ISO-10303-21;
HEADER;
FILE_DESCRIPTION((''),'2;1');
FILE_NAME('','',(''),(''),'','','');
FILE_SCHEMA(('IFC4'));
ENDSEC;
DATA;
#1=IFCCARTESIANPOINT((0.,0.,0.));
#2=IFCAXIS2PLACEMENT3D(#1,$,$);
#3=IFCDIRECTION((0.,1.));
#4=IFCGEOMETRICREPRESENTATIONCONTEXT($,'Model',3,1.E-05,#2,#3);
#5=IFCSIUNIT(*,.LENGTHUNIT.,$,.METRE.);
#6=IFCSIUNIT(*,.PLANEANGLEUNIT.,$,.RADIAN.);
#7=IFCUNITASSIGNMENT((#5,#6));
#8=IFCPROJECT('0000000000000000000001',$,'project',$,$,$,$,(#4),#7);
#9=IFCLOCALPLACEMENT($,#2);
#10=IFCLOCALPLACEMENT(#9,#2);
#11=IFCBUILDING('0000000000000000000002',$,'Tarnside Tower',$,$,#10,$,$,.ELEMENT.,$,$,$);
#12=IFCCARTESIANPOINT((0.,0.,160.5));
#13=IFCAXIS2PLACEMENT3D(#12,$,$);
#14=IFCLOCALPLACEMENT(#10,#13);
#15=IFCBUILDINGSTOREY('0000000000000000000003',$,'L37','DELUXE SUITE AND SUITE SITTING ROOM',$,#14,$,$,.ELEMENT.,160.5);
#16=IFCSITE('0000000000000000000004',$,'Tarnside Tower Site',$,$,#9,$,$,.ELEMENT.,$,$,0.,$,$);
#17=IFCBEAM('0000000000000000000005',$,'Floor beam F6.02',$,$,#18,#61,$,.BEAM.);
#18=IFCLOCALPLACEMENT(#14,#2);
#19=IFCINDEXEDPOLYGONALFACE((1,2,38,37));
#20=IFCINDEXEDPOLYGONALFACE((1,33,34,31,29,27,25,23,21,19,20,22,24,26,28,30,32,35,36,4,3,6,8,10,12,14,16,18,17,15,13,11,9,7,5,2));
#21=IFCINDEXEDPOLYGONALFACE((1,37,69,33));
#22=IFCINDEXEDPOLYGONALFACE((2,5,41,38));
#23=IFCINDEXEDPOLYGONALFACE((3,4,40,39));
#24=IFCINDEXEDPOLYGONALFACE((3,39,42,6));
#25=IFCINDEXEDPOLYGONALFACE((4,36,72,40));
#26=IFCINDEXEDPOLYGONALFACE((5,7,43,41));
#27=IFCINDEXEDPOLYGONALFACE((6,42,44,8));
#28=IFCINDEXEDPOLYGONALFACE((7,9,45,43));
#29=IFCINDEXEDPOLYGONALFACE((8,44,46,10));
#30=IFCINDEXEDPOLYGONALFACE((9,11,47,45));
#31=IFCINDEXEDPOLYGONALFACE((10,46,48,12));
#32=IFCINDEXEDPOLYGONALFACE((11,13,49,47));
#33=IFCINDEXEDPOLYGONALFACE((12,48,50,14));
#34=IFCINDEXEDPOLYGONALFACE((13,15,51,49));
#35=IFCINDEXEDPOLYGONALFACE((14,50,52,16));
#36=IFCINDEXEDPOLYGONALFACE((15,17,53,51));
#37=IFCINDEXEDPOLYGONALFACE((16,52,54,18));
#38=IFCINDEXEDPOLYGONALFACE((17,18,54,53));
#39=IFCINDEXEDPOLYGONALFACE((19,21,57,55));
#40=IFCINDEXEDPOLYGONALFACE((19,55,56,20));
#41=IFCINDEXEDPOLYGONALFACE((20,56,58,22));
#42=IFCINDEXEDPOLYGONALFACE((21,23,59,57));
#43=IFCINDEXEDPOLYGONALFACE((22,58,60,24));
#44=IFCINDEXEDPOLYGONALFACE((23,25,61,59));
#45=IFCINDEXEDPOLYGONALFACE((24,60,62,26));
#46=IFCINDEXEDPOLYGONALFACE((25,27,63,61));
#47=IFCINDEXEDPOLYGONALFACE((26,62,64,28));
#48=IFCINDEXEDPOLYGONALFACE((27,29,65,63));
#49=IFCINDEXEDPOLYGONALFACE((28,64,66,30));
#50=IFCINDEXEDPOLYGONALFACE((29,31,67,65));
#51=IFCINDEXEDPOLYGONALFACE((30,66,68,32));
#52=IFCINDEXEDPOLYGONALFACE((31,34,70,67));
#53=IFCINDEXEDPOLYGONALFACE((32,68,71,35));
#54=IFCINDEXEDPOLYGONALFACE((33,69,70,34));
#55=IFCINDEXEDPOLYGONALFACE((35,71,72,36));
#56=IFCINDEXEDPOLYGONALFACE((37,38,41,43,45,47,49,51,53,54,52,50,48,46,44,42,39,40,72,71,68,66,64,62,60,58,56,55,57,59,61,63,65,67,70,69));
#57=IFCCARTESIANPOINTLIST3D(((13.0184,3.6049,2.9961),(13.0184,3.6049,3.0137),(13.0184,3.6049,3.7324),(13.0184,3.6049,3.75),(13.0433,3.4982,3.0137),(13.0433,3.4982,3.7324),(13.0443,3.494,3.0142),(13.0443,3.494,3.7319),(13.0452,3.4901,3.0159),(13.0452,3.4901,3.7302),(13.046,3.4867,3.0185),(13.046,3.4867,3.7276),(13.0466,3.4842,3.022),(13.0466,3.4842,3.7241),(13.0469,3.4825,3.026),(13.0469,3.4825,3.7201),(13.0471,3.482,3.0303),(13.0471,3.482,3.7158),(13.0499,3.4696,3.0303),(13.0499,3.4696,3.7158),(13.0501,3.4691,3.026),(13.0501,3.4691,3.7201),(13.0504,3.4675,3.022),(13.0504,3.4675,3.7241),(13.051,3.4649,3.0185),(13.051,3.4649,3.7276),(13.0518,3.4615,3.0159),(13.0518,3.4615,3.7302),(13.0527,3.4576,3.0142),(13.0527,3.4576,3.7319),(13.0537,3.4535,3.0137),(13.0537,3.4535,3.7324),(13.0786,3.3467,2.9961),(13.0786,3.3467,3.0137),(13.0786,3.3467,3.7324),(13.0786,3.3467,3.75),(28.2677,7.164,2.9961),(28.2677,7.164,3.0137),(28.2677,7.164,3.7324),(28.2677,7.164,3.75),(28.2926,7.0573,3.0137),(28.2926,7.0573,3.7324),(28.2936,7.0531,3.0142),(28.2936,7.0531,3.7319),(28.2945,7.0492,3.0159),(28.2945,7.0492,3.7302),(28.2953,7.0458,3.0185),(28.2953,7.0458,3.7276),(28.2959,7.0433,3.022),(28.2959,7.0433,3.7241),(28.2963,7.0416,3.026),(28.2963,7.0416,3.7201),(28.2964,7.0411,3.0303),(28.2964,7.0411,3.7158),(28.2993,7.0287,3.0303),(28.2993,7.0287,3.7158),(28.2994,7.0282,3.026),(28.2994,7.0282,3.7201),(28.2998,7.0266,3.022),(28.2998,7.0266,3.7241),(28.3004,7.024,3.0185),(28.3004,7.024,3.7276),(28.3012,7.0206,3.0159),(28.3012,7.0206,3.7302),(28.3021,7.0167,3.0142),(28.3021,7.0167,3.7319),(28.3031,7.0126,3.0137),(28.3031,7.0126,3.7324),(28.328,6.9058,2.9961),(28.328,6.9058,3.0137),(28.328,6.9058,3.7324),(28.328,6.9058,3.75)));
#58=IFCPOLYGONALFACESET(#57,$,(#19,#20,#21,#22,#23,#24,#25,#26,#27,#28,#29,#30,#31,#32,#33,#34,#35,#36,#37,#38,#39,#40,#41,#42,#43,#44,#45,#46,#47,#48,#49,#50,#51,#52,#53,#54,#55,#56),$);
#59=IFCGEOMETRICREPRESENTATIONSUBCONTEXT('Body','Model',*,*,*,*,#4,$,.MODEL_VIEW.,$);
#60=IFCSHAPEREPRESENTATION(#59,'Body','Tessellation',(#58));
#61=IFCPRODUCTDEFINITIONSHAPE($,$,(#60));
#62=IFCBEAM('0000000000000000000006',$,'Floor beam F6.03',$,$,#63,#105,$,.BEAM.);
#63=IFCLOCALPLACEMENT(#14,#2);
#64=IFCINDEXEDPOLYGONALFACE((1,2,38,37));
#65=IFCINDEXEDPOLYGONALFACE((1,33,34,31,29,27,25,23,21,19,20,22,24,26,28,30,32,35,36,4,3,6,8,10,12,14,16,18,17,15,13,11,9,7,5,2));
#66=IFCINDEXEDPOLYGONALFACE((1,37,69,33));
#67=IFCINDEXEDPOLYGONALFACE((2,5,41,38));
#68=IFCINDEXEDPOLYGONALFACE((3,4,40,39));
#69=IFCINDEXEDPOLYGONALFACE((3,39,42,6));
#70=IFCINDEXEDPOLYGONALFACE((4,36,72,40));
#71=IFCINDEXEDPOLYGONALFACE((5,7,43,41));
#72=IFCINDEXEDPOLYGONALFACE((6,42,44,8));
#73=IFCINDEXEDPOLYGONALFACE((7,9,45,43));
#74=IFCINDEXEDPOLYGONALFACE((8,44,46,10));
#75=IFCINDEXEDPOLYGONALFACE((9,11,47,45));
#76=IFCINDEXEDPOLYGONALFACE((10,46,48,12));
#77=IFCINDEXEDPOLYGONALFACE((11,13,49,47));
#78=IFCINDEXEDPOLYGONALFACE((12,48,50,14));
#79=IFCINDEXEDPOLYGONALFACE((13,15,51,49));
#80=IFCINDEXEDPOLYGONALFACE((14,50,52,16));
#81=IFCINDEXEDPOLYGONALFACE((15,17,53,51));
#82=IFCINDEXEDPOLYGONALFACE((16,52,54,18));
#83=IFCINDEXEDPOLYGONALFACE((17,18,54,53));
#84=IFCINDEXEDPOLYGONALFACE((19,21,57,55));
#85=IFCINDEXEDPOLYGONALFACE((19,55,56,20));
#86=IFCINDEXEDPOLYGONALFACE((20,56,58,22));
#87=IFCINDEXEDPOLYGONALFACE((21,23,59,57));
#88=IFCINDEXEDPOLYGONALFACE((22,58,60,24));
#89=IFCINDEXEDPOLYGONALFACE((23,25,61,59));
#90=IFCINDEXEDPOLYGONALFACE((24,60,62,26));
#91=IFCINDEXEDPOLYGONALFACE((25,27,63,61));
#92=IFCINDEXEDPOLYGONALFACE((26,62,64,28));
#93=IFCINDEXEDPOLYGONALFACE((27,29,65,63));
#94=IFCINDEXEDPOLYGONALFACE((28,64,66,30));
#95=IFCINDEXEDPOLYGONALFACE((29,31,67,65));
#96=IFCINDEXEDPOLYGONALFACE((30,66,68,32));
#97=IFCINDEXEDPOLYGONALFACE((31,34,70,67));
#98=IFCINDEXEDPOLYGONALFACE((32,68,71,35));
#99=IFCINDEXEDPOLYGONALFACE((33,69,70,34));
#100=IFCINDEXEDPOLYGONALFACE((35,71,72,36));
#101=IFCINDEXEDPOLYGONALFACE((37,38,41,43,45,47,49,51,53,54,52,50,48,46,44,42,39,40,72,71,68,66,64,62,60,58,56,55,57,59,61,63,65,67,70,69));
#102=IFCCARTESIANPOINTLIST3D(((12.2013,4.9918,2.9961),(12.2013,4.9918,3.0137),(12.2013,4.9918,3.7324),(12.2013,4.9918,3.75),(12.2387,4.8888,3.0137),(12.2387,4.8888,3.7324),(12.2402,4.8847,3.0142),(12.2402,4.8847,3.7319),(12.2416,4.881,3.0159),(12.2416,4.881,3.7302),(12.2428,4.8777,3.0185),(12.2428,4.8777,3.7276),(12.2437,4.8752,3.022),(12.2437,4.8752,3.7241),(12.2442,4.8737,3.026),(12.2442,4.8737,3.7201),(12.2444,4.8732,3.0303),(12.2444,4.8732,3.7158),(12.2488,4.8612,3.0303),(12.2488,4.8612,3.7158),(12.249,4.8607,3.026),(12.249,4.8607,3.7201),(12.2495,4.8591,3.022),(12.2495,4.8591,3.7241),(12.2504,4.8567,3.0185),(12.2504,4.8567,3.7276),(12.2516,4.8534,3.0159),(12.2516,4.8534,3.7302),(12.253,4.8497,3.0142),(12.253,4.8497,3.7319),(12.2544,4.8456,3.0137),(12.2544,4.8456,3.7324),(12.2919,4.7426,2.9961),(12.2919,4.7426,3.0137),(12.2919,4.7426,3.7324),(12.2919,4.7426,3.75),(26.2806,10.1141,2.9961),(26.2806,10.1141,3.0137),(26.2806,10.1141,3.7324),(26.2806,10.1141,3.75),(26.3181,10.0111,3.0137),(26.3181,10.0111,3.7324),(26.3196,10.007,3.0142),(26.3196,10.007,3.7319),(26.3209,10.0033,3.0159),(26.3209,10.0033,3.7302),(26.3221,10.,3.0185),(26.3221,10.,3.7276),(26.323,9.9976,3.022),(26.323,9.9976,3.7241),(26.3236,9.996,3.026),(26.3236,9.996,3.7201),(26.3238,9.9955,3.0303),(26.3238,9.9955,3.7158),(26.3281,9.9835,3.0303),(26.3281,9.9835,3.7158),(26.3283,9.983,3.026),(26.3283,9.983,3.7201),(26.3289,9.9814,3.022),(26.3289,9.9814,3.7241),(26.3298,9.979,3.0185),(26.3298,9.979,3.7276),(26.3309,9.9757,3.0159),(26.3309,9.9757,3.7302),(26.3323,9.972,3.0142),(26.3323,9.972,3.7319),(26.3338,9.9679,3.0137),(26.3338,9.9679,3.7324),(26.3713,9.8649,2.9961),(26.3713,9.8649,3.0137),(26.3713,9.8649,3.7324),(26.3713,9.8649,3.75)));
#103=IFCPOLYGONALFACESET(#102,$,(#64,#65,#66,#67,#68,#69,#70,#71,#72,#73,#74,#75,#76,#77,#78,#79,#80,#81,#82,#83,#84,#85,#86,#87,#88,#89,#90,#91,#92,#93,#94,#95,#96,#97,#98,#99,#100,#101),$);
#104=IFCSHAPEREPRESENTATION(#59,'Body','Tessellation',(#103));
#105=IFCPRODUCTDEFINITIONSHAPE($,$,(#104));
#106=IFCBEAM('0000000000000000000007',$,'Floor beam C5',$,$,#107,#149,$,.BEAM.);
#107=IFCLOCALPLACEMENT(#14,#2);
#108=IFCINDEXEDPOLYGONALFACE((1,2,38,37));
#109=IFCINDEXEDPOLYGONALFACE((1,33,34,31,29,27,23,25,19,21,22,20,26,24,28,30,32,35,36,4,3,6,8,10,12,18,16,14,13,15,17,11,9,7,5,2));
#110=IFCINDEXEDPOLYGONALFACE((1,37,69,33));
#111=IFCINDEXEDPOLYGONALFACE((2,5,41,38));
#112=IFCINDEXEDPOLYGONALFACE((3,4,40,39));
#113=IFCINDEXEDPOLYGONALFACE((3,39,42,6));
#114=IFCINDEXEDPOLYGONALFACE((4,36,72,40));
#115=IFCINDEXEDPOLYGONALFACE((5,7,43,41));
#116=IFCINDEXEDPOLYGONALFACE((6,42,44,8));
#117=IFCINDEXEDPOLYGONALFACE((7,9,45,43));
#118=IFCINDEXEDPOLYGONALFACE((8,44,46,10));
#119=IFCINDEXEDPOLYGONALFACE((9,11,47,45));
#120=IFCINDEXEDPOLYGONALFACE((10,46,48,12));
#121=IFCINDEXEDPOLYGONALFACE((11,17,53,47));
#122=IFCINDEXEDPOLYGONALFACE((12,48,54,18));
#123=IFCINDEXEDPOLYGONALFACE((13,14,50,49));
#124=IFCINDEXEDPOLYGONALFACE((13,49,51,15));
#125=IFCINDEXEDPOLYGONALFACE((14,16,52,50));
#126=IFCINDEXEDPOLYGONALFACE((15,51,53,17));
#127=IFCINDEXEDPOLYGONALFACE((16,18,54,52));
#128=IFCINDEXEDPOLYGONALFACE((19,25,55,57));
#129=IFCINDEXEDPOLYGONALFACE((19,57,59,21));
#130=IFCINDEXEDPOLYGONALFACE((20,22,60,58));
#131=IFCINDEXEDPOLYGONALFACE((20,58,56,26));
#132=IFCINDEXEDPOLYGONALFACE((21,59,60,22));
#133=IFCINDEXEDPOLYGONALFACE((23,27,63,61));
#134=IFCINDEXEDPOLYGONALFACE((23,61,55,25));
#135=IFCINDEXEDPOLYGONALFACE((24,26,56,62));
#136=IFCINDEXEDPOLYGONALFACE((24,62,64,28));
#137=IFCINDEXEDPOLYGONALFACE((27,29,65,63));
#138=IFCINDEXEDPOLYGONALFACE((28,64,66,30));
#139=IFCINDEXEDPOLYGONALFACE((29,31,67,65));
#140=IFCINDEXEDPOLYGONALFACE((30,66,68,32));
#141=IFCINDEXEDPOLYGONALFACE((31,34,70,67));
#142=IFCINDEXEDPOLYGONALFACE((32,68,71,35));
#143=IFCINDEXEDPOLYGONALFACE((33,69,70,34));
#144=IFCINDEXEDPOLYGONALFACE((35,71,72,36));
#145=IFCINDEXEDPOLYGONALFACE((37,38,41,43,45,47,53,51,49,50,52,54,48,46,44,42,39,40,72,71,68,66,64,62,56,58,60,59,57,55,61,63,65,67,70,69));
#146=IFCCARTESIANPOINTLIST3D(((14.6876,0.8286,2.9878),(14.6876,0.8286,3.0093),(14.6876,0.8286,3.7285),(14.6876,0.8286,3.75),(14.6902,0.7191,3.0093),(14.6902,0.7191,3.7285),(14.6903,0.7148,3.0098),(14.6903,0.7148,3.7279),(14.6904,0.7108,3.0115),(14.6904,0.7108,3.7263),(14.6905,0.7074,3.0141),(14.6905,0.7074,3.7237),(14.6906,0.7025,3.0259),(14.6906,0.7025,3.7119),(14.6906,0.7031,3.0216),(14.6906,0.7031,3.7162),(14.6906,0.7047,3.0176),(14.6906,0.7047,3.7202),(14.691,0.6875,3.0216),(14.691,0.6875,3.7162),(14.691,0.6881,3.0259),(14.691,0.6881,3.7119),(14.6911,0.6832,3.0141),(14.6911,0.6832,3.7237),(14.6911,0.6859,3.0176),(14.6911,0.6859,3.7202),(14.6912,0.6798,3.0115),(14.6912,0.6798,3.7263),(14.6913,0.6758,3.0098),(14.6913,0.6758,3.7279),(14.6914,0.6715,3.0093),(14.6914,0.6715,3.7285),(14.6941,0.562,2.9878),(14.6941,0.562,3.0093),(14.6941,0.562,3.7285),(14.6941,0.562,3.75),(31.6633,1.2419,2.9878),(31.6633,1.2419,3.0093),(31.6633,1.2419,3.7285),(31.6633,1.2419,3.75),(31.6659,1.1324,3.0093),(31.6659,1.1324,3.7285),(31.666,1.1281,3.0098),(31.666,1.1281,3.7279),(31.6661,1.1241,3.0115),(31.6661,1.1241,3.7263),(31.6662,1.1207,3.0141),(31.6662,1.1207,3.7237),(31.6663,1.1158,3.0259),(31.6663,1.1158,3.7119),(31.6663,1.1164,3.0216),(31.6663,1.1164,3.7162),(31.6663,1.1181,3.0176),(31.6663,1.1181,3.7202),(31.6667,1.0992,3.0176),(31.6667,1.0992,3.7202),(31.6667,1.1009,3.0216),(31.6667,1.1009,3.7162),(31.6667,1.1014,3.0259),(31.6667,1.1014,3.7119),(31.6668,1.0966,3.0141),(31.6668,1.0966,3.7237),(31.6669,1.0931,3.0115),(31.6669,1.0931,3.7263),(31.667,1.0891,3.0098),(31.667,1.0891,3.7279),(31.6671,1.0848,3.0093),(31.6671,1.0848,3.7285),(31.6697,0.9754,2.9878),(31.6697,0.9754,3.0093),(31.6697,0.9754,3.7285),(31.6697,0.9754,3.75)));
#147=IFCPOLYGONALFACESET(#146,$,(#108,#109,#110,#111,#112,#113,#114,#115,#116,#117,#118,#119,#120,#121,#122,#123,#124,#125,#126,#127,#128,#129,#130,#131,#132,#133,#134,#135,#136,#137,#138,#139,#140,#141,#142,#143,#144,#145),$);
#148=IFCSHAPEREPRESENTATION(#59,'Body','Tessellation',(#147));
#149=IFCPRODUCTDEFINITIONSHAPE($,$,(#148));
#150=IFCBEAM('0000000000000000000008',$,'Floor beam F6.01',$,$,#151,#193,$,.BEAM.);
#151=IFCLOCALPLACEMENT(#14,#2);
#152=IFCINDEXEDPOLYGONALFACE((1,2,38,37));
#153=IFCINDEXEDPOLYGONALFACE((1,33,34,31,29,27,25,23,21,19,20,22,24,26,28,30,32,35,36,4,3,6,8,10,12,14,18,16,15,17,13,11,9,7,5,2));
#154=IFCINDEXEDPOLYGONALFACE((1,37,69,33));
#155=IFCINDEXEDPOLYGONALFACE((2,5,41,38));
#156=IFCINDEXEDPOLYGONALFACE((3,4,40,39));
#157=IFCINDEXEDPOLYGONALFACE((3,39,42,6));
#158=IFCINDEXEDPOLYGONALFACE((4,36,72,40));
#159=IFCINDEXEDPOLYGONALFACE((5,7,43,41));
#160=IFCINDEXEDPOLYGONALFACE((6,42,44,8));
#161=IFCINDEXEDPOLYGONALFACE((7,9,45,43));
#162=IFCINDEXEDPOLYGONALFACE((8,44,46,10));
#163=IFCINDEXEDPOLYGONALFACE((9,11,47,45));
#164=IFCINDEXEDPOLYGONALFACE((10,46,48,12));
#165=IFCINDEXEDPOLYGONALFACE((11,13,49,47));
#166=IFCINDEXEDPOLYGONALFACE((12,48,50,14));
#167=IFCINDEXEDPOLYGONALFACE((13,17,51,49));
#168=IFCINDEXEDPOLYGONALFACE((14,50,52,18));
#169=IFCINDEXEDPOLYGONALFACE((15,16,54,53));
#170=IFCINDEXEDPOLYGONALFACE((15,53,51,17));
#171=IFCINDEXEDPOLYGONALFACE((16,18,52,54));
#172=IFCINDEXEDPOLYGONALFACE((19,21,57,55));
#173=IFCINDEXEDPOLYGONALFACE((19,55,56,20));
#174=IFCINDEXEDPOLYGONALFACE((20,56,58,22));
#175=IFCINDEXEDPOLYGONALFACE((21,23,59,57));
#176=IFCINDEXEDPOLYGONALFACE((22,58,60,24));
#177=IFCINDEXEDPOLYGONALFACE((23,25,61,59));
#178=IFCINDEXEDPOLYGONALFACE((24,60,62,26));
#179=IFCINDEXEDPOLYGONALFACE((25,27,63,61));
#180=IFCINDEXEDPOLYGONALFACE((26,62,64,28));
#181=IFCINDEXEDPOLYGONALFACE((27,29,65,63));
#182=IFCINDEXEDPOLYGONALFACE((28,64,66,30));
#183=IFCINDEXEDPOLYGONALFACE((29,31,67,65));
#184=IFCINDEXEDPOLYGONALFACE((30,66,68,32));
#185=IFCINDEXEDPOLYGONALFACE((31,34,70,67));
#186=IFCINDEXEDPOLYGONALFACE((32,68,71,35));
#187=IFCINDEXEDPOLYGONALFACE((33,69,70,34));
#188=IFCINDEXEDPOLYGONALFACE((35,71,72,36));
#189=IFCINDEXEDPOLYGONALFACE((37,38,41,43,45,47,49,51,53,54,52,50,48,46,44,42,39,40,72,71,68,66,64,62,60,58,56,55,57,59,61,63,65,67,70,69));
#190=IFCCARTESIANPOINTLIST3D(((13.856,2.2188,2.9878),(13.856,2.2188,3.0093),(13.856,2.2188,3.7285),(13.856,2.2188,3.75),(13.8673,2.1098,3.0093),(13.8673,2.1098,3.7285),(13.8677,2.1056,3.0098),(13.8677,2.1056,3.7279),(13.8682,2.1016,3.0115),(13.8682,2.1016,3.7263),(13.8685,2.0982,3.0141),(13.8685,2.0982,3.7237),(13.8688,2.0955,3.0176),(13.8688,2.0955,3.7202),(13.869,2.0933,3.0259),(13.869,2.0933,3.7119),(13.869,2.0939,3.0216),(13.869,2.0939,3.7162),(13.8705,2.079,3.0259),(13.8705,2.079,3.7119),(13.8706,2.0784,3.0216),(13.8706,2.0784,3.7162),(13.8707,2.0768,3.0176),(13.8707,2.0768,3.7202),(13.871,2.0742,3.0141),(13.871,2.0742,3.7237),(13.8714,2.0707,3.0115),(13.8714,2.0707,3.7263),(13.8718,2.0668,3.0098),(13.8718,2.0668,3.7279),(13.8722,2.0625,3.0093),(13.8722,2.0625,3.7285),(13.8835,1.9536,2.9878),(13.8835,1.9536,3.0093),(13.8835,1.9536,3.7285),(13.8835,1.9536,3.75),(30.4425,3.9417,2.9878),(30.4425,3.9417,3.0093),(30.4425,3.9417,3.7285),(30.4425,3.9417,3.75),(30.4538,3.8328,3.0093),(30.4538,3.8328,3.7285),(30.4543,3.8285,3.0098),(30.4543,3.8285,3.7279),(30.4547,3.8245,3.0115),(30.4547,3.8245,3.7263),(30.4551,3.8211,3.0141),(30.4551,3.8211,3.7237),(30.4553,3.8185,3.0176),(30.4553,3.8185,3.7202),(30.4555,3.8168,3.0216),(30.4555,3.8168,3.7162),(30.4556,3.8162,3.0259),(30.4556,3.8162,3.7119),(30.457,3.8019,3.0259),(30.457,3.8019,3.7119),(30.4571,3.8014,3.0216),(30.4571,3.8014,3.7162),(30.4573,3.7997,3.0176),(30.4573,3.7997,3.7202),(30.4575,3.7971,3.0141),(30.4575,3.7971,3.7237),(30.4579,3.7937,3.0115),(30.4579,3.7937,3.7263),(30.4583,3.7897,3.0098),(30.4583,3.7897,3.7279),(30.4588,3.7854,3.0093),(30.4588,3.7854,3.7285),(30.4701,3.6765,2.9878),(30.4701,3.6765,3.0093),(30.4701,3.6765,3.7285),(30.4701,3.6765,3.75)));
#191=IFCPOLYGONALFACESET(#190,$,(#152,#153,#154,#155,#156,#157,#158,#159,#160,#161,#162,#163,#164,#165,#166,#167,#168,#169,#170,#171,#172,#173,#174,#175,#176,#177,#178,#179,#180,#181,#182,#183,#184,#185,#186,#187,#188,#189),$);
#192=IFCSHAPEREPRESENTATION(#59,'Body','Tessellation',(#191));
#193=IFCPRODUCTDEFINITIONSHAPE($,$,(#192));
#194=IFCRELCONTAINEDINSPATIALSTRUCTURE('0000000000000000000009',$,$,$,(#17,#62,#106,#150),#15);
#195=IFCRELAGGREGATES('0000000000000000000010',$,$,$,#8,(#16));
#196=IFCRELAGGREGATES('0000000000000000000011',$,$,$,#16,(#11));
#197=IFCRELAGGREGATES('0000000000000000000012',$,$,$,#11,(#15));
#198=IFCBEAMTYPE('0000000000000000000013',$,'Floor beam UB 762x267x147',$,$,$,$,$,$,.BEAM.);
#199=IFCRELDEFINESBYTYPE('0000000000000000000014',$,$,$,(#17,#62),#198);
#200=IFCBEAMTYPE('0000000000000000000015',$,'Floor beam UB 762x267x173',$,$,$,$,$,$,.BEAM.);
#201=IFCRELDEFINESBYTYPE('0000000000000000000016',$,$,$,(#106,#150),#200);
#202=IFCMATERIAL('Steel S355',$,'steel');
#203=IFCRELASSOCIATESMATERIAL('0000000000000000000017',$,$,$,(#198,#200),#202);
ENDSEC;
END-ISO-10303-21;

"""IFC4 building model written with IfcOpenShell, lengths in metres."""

from ifc_helpers import new_model, si_unit, direction, frame, origin, origin_2d, place, context, subcontext, project, spatial, i_section, extrude, material, material_profile, profile_set, type_object, element, save


model = new_model("IFC4")

# Units and contexts
model_context = context("Model", 3, precision=1e-05, world=origin(), true_north=direction((0.0, 1.0)))
body_context = subcontext(model_context, "Body", "Model", "MODEL_VIEW")
ifc_project = project(units=[si_unit("LENGTHUNIT", "METRE"), si_unit("PLANEANGLEUNIT", "RADIAN")], contexts=[model_context])

# Site, building, storey
site_placement = place(None, origin())
site = spatial("IfcSite", under=ifc_project, at=site_placement, Name="Tarnside Tower Site", CompositionType="ELEMENT", RefElevation=0.0)
building_placement = place(site_placement, origin())
building = spatial("IfcBuilding", under=site, at=building_placement, Name="Tarnside Tower", CompositionType="ELEMENT")
storey_placement = place(building_placement, frame((0.0, 0.0, 160.5)))
storey = spatial("IfcBuildingStorey", under=building, at=storey_placement, Name="L37", Description="DELUXE SUITE AND SUITE SITTING ROOM", CompositionType="ELEMENT", Elevation=160.5)

# Beams
ifc_material_1 = material(Name="Steel S355", Category="steel")
ifc_material_profile_1 = material_profile(ifc_material_1, i_section(OverallWidth=0.2651, OverallDepth=0.7539, WebThickness=0.0127, FlangeThickness=0.0176, FilletRadius=0.0166, at=origin_2d()), Name="UB 762x267x147")
ifc_profile_set_1 = profile_set([ifc_material_profile_1], Name="Steel S355")
beam_type_1 = type_object("IfcBeamType", Name="Floor beam UB 762x267x147", PredefinedType="BEAM", material=ifc_profile_set_1)
beam_1_placement = place(storey_placement, frame((28.2979, 7.0349, 3.373), z_axis=(-0.973828, -0.227285, 0.0), x_axis=(0.227285, -0.973828, 0.0)))
element("IfcBeam", 1, at=beam_1_placement, inside=storey, type_object=beam_type_1, Name="Floor beam F6.02", PredefinedType="BEAM", context=body_context, shape_type="SweptSolid", body=[
    extrude(i_section(OverallWidth=0.2651, OverallDepth=0.7539, WebThickness=0.0127, FlangeThickness=0.0176, FilletRadius=0.0166, at=origin_2d()), origin(), (0.0, 0.0, 1.0), 15.6592),
])
beam_2_placement = place(storey_placement, frame((26.3259, 9.9895, 3.373), z_axis=(-0.939739, -0.341894, 0.0), x_axis=(0.341894, -0.939739, 0.0)))
element("IfcBeam", 2, at=beam_2_placement, inside=storey, type_object=beam_type_1, Name="Floor beam F6.03", PredefinedType="BEAM", context=body_context, shape_type="SweptSolid", body=[
    extrude(i_section(OverallWidth=0.2651, OverallDepth=0.7539, WebThickness=0.0127, FlangeThickness=0.0176, FilletRadius=0.0166, at=origin_2d()), origin(), (0.0, 0.0, 1.0), 14.9822),
])
ifc_material_profile_2 = material_profile(ifc_material_1, i_section(OverallWidth=0.2666, OverallDepth=0.7622, WebThickness=0.0144, FlangeThickness=0.0215, FilletRadius=0.0166, at=origin_2d()), Name="UB 762x267x173")
ifc_profile_set_2 = profile_set([ifc_material_profile_2], Name="Steel S355")
beam_type_2 = type_object("IfcBeamType", Name="Floor beam UB 762x267x173", PredefinedType="BEAM", material=ifc_profile_set_2)
beam_3_placement = place(storey_placement, frame((31.6665, 1.1086, 3.3689), z_axis=(-0.999704, -0.024341, 0.0), x_axis=(0.024341, -0.999704, 0.0)))
element("IfcBeam", 3, at=beam_3_placement, inside=storey, type_object=beam_type_2, Name="Floor beam C5", PredefinedType="BEAM", context=body_context, shape_type="SweptSolid", body=[
    extrude(i_section(OverallWidth=0.2666, OverallDepth=0.7622, WebThickness=0.0144, FlangeThickness=0.0215, FilletRadius=0.0166, at=origin_2d()), origin(), (0.0, 0.0, 1.0), 16.9807),
])
beam_4_placement = place(storey_placement, frame((30.4563, 3.8091, 3.3689), z_axis=(-0.994648, -0.103318, 0.0), x_axis=(0.103318, -0.994648, 0.0)))
element("IfcBeam", 4, at=beam_4_placement, inside=storey, type_object=beam_type_2, Name="Floor beam F6.01", PredefinedType="BEAM", context=body_context, shape_type="SweptSolid", body=[
    extrude(i_section(OverallWidth=0.2666, OverallDepth=0.7622, WebThickness=0.0144, FlangeThickness=0.0215, FilletRadius=0.0166, at=origin_2d()), origin(), (0.0, 0.0, 1.0), 16.6758),
])

save(model, "model.ifc")
